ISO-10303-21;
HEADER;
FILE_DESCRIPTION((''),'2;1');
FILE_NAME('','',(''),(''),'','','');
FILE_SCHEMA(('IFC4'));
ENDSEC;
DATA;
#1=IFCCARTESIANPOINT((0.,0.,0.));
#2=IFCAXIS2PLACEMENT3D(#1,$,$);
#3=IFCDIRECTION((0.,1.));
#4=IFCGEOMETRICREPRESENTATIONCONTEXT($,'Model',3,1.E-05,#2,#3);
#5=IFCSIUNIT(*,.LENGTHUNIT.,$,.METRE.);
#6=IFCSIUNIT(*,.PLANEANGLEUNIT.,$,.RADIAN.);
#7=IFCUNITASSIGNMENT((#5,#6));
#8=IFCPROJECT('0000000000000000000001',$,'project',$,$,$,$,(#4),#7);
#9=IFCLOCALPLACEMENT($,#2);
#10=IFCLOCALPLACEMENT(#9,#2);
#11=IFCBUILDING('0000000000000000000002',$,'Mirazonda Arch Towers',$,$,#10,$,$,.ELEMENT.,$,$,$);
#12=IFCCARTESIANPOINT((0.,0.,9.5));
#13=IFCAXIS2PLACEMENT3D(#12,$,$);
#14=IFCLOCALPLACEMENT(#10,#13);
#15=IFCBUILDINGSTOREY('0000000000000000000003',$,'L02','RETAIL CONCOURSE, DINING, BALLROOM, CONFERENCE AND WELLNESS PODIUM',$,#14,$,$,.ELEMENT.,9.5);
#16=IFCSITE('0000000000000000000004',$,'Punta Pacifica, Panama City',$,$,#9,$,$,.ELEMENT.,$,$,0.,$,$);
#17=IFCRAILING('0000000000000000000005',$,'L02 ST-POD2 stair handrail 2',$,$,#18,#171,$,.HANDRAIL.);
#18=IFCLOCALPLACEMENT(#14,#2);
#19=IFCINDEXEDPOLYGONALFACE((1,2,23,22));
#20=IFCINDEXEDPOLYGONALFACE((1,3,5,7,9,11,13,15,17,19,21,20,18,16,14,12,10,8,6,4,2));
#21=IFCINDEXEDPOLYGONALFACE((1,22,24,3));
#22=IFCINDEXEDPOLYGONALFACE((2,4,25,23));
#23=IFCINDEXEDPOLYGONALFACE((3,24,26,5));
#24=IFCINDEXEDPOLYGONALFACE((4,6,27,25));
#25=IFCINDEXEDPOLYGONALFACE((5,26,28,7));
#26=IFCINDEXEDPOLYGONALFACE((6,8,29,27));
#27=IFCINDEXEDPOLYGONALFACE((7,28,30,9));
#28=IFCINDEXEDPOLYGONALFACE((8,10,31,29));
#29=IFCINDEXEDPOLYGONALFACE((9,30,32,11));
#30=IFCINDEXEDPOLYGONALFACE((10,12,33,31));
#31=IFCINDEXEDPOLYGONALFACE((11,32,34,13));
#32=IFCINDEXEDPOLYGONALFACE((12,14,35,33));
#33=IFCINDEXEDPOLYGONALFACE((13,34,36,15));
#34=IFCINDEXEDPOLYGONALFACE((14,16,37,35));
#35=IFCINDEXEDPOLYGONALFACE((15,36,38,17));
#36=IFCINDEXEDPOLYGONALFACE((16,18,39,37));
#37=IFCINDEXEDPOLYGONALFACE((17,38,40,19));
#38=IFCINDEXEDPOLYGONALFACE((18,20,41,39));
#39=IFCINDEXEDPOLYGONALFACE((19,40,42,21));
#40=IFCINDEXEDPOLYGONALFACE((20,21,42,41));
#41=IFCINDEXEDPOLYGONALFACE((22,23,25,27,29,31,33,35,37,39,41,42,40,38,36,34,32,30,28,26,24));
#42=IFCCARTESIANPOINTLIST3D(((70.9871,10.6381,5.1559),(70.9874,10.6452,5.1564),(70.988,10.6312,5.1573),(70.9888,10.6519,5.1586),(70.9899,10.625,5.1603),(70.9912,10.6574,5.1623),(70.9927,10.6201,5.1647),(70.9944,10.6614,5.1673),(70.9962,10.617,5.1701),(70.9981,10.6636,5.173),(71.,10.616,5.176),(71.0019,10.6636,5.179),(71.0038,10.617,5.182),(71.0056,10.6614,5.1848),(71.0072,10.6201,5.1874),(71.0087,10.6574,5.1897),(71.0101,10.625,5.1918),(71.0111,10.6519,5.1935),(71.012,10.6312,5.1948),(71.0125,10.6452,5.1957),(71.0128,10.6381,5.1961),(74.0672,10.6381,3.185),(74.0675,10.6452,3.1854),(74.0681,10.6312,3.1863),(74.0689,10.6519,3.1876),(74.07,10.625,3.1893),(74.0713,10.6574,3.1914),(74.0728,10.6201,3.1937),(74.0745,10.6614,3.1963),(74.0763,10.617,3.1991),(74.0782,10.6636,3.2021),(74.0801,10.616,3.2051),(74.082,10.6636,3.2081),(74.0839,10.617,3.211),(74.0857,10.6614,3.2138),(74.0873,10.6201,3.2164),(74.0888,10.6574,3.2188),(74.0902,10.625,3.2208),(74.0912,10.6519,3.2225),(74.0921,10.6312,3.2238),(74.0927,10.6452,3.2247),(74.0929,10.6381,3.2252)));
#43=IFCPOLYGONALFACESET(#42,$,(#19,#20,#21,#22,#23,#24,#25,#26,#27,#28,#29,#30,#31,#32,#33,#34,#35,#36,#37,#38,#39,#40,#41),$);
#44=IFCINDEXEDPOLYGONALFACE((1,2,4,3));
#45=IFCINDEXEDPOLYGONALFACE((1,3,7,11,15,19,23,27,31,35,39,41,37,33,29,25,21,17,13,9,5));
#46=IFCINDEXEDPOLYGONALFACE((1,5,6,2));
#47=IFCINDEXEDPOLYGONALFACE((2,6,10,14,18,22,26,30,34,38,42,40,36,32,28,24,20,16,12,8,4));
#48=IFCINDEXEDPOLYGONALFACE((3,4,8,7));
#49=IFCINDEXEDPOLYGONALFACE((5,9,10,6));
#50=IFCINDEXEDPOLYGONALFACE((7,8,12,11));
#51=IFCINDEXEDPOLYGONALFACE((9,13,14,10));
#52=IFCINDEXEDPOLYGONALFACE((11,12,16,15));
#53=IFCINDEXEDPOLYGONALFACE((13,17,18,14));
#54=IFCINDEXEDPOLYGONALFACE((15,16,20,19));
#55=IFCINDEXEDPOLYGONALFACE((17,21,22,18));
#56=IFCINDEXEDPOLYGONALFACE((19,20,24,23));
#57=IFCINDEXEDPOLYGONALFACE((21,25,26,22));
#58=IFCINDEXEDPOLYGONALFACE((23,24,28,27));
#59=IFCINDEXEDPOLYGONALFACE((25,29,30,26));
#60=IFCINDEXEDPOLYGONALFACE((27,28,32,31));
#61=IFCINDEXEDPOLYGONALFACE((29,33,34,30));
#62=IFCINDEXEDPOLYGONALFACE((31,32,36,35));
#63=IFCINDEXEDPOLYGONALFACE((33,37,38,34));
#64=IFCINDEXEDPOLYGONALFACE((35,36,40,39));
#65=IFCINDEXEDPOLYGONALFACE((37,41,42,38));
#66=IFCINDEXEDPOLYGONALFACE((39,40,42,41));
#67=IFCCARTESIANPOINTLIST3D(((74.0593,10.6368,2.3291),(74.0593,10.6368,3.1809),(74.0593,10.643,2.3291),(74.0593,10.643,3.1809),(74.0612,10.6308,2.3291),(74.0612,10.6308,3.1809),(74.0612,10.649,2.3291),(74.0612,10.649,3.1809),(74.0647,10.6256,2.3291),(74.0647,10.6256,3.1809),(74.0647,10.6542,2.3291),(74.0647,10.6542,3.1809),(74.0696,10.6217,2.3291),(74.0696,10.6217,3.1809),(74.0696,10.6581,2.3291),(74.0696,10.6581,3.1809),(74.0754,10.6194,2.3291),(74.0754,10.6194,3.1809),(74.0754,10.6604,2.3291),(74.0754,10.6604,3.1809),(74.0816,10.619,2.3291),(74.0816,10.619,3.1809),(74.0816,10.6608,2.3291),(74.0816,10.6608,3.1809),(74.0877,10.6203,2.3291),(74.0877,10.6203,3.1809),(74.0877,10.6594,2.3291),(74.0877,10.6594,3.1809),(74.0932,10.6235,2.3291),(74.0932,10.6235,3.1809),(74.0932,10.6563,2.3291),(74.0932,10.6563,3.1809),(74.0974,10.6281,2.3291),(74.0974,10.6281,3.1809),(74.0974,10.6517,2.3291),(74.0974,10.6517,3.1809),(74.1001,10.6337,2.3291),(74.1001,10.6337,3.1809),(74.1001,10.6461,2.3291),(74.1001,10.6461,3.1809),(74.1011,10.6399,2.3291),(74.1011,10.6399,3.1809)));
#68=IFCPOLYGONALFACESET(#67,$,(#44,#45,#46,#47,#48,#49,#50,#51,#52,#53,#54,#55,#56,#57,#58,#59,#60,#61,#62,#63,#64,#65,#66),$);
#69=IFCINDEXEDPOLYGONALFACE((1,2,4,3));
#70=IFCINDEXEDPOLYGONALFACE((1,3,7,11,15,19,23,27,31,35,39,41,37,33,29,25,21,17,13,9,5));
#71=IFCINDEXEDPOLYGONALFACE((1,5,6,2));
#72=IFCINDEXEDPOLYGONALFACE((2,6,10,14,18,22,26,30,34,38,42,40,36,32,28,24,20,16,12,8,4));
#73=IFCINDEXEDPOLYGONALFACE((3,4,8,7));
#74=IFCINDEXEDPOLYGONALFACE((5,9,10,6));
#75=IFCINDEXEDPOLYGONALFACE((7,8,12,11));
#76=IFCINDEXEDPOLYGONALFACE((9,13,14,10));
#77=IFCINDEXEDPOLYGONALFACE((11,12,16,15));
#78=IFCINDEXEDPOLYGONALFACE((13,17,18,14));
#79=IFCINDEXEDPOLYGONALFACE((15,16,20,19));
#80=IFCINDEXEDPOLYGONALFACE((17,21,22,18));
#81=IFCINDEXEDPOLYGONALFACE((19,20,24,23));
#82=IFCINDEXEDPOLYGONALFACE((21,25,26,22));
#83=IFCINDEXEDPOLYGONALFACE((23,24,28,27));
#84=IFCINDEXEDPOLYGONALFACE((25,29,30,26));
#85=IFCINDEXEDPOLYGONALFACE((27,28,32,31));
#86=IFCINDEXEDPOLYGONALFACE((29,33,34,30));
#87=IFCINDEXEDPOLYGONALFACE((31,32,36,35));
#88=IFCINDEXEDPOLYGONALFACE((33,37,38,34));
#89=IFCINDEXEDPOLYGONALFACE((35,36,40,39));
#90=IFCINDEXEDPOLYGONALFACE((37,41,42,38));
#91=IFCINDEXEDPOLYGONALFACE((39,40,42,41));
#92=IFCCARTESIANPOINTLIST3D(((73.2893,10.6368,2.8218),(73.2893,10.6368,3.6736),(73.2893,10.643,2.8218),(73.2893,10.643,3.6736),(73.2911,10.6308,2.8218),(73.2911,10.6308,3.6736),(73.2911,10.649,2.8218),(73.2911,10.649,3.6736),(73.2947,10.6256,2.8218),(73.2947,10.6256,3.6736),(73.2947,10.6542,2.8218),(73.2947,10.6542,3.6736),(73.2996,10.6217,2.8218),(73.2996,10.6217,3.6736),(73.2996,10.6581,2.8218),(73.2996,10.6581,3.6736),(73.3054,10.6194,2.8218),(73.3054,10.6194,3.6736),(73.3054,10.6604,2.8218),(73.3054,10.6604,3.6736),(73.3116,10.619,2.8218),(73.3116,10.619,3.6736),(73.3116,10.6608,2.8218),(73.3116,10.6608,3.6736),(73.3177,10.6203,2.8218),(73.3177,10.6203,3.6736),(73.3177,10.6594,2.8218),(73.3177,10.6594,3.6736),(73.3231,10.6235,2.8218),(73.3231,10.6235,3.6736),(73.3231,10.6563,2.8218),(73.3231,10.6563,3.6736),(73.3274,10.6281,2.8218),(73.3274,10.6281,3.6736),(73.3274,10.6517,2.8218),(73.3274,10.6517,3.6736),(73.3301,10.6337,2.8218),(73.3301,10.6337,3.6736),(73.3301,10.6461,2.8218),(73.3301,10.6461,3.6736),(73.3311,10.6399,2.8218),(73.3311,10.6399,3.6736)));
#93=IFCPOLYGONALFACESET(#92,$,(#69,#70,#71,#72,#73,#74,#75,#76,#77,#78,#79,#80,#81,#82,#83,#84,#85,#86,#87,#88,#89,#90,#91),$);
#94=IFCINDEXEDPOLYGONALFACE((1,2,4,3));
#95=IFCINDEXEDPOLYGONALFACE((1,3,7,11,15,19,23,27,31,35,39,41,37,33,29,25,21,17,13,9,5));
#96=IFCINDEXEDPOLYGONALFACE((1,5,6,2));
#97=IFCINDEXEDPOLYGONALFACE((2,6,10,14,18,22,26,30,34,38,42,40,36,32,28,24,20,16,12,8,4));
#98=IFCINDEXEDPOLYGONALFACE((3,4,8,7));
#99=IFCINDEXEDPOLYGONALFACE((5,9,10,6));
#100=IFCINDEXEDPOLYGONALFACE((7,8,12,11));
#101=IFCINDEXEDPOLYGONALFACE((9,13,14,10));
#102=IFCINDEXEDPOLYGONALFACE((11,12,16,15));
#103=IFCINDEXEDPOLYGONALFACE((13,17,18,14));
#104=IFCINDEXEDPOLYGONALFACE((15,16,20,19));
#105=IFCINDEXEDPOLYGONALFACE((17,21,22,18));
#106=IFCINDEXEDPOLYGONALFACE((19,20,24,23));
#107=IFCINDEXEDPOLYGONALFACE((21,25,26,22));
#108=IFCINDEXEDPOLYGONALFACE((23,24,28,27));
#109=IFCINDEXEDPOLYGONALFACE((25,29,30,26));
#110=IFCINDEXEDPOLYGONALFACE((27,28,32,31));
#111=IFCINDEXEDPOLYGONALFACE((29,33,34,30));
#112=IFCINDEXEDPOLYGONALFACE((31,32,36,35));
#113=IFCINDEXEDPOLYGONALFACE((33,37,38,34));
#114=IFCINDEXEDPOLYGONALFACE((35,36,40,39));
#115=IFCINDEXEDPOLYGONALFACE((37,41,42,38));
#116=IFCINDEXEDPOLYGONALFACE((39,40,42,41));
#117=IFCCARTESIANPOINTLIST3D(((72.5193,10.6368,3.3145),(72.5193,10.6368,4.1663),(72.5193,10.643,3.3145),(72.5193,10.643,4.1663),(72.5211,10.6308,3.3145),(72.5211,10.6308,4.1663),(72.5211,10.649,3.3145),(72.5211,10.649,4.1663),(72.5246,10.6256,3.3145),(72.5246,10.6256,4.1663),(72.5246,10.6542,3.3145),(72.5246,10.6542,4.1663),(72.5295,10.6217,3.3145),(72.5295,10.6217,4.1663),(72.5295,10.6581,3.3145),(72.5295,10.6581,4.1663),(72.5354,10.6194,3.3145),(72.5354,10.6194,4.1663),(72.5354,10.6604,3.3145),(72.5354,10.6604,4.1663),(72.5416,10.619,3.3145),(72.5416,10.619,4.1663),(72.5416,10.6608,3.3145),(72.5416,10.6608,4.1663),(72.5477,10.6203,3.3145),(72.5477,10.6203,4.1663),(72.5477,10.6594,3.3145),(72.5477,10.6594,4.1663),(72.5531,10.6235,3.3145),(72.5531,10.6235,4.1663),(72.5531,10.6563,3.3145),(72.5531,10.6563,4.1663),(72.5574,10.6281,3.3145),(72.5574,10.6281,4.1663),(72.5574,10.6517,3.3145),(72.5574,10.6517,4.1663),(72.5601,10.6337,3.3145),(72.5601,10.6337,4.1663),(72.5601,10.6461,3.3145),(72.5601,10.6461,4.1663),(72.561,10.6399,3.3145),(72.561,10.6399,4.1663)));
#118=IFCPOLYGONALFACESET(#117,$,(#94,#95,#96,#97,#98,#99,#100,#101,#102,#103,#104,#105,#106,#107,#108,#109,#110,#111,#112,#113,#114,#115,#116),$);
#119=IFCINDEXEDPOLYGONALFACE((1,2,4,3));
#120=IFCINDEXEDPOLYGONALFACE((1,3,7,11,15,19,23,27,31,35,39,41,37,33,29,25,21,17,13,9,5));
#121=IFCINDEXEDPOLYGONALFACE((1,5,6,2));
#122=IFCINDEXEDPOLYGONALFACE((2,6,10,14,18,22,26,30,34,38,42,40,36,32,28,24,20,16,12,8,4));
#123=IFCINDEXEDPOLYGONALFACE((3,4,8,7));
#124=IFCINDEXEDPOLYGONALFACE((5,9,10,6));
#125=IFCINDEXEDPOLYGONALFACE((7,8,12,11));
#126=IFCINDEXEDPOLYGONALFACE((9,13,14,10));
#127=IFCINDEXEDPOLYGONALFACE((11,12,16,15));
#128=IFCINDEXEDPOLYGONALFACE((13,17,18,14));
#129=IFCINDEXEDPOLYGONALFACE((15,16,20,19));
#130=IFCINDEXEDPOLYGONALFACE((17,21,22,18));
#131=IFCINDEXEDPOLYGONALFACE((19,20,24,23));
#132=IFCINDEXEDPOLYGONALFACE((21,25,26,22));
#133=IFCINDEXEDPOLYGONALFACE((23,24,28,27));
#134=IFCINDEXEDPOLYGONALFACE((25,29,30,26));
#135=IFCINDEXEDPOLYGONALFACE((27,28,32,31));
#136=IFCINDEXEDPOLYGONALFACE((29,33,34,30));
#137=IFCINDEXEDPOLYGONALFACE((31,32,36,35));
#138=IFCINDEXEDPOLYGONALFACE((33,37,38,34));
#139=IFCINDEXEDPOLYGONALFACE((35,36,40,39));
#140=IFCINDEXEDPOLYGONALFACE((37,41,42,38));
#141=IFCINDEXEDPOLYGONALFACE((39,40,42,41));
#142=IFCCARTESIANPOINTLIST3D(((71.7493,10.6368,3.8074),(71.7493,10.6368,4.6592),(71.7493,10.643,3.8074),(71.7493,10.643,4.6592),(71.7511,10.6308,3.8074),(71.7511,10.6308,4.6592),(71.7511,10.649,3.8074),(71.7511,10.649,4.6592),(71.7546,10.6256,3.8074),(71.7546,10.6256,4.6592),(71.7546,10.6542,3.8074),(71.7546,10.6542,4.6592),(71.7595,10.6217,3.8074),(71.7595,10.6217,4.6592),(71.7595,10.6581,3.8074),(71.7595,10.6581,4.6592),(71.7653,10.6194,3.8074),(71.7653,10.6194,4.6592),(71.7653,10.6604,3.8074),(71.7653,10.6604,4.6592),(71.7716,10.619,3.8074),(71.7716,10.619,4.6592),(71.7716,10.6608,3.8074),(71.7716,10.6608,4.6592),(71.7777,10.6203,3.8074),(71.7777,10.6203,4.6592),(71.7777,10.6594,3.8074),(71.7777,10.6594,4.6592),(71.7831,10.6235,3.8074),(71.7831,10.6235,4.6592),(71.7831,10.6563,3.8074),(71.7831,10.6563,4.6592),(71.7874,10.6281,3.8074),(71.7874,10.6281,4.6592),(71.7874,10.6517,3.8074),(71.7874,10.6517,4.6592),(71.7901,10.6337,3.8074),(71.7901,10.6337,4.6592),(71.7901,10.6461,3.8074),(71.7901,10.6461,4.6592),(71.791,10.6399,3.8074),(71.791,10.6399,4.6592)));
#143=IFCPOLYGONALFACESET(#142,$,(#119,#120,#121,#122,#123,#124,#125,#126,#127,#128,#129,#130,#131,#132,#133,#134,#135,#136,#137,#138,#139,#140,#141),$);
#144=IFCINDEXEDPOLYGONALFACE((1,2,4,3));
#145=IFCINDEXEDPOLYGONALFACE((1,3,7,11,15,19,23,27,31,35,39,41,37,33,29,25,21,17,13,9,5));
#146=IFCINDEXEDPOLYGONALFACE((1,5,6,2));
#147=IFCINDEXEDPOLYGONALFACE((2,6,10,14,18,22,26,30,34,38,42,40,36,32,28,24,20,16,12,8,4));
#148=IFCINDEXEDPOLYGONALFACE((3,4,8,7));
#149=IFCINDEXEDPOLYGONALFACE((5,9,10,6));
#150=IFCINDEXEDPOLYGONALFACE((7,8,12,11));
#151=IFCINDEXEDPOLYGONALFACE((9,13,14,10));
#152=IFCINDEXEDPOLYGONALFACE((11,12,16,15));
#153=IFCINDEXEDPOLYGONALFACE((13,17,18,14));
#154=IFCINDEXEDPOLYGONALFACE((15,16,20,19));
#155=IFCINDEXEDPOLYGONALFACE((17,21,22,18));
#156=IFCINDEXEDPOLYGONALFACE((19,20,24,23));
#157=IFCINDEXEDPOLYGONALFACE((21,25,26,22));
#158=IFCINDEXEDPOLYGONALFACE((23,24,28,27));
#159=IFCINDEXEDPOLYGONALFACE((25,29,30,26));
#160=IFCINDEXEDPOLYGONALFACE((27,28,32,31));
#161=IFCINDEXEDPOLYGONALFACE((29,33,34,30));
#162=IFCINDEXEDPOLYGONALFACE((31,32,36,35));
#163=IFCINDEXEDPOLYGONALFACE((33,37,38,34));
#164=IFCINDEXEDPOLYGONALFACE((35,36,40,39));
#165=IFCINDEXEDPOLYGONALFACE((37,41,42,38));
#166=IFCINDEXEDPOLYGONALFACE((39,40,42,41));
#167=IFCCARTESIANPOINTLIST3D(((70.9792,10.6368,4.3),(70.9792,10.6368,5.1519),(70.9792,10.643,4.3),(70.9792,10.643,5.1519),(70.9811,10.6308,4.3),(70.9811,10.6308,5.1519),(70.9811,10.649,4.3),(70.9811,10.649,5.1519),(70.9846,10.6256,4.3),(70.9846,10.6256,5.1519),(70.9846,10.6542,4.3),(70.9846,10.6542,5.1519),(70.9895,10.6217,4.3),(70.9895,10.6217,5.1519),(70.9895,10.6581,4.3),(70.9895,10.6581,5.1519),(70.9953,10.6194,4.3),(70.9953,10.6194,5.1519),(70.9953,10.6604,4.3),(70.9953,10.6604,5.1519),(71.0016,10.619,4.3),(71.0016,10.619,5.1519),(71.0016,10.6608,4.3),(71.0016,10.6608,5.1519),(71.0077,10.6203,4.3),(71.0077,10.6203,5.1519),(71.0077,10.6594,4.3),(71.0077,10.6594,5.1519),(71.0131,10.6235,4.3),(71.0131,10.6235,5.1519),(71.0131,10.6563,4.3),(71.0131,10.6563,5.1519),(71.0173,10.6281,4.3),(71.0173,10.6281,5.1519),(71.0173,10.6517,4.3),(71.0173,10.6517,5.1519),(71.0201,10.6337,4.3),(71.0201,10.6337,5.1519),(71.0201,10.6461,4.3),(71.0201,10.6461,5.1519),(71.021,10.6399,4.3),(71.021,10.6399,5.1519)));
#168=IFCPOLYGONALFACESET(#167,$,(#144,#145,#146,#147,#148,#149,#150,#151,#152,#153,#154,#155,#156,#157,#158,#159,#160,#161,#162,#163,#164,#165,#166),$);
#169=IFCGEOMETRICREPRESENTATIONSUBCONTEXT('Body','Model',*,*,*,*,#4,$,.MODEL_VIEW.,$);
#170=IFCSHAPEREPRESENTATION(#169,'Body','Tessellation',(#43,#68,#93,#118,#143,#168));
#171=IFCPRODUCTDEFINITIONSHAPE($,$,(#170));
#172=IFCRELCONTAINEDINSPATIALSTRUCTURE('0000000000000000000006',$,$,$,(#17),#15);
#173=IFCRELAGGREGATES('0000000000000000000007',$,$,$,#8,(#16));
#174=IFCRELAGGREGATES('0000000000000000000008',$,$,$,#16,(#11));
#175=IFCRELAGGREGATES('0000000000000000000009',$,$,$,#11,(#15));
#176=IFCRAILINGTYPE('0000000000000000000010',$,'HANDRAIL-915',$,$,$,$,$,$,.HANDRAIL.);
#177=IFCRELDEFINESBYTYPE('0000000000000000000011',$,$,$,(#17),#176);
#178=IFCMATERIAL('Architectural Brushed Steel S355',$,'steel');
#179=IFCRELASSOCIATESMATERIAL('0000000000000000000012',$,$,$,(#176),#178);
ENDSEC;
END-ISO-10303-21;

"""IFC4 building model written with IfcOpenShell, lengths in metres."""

from ifc_helpers import new_model, si_unit, direction, frame, origin, origin_2d, place, context, subcontext, project, spatial, circle, extrude, material, type_object, element, save


model = new_model("IFC4")

# Units and contexts
model_context = context("Model", 3, precision=1e-05, world=origin(), true_north=direction((0.0, 1.0)))
body_context = subcontext(model_context, "Body", "Model", "MODEL_VIEW")
ifc_project = project(units=[si_unit("LENGTHUNIT", "METRE"), si_unit("PLANEANGLEUNIT", "RADIAN")], contexts=[model_context])

# Site, building, storey
site_placement = place(None, origin())
site = spatial("IfcSite", under=ifc_project, at=site_placement, Name="Punta Pacifica, Panama City", CompositionType="ELEMENT", RefElevation=0.0)
building_placement = place(site_placement, origin())
building = spatial("IfcBuilding", under=site, at=building_placement, Name="Mirazonda Arch Towers", CompositionType="ELEMENT")
storey_placement = place(building_placement, frame((0.0, 0.0, 9.5)))
storey = spatial("IfcBuildingStorey", under=building, at=storey_placement, Name="L02", Description="RETAIL CONCOURSE, DINING, BALLROOM, CONFERENCE AND WELLNESS PODIUM", CompositionType="ELEMENT", Elevation=9.5)

# Railing
ifc_material_1 = material(Name="Architectural Brushed Steel S355", Category="steel")
railing_type_1 = type_object("IfcRailingType", Name="HANDRAIL-915", PredefinedType="HANDRAIL", material=ifc_material_1)
railing_1_placement = place(storey_placement, frame((74.0801, 10.6399, 2.3291)))
element("IfcRailing", 1, at=railing_1_placement, inside=storey, type_object=railing_type_1, Name="L02 ST-POD2 stair handrail 2", PredefinedType="HANDRAIL", context=body_context, shape_type="SweptSolid", body=[
    extrude(circle(Radius=0.0239, at=origin_2d()), frame((0.0, 0.0, 0.876), z_axis=(-0.842309, 0.0, 0.538995), x_axis=(0.0, -1.0, 0.0)), (0.0, 0.0, 1.0), 3.6567),
    extrude(circle(Radius=0.021, at=origin_2d()), origin(), (0.0, 0.0, 1.0), 0.8518),
    extrude(circle(Radius=0.021, at=origin_2d()), frame((-0.77, 0.0, 0.4927)), (0.0, 0.0, 1.0), 0.8518),
    extrude(circle(Radius=0.021, at=origin_2d()), frame((-1.54, 0.0, 0.9854)), (0.0, 0.0, 1.0), 0.8518),
    extrude(circle(Radius=0.021, at=origin_2d()), frame((-2.3101, 0.0, 1.4783)), (0.0, 0.0, 1.0), 0.8518),
    extrude(circle(Radius=0.021, at=origin_2d()), frame((-3.0801, 0.0, 1.9709)), (0.0, 0.0, 1.0), 0.8518),
])

save(model, "model.ifc")
